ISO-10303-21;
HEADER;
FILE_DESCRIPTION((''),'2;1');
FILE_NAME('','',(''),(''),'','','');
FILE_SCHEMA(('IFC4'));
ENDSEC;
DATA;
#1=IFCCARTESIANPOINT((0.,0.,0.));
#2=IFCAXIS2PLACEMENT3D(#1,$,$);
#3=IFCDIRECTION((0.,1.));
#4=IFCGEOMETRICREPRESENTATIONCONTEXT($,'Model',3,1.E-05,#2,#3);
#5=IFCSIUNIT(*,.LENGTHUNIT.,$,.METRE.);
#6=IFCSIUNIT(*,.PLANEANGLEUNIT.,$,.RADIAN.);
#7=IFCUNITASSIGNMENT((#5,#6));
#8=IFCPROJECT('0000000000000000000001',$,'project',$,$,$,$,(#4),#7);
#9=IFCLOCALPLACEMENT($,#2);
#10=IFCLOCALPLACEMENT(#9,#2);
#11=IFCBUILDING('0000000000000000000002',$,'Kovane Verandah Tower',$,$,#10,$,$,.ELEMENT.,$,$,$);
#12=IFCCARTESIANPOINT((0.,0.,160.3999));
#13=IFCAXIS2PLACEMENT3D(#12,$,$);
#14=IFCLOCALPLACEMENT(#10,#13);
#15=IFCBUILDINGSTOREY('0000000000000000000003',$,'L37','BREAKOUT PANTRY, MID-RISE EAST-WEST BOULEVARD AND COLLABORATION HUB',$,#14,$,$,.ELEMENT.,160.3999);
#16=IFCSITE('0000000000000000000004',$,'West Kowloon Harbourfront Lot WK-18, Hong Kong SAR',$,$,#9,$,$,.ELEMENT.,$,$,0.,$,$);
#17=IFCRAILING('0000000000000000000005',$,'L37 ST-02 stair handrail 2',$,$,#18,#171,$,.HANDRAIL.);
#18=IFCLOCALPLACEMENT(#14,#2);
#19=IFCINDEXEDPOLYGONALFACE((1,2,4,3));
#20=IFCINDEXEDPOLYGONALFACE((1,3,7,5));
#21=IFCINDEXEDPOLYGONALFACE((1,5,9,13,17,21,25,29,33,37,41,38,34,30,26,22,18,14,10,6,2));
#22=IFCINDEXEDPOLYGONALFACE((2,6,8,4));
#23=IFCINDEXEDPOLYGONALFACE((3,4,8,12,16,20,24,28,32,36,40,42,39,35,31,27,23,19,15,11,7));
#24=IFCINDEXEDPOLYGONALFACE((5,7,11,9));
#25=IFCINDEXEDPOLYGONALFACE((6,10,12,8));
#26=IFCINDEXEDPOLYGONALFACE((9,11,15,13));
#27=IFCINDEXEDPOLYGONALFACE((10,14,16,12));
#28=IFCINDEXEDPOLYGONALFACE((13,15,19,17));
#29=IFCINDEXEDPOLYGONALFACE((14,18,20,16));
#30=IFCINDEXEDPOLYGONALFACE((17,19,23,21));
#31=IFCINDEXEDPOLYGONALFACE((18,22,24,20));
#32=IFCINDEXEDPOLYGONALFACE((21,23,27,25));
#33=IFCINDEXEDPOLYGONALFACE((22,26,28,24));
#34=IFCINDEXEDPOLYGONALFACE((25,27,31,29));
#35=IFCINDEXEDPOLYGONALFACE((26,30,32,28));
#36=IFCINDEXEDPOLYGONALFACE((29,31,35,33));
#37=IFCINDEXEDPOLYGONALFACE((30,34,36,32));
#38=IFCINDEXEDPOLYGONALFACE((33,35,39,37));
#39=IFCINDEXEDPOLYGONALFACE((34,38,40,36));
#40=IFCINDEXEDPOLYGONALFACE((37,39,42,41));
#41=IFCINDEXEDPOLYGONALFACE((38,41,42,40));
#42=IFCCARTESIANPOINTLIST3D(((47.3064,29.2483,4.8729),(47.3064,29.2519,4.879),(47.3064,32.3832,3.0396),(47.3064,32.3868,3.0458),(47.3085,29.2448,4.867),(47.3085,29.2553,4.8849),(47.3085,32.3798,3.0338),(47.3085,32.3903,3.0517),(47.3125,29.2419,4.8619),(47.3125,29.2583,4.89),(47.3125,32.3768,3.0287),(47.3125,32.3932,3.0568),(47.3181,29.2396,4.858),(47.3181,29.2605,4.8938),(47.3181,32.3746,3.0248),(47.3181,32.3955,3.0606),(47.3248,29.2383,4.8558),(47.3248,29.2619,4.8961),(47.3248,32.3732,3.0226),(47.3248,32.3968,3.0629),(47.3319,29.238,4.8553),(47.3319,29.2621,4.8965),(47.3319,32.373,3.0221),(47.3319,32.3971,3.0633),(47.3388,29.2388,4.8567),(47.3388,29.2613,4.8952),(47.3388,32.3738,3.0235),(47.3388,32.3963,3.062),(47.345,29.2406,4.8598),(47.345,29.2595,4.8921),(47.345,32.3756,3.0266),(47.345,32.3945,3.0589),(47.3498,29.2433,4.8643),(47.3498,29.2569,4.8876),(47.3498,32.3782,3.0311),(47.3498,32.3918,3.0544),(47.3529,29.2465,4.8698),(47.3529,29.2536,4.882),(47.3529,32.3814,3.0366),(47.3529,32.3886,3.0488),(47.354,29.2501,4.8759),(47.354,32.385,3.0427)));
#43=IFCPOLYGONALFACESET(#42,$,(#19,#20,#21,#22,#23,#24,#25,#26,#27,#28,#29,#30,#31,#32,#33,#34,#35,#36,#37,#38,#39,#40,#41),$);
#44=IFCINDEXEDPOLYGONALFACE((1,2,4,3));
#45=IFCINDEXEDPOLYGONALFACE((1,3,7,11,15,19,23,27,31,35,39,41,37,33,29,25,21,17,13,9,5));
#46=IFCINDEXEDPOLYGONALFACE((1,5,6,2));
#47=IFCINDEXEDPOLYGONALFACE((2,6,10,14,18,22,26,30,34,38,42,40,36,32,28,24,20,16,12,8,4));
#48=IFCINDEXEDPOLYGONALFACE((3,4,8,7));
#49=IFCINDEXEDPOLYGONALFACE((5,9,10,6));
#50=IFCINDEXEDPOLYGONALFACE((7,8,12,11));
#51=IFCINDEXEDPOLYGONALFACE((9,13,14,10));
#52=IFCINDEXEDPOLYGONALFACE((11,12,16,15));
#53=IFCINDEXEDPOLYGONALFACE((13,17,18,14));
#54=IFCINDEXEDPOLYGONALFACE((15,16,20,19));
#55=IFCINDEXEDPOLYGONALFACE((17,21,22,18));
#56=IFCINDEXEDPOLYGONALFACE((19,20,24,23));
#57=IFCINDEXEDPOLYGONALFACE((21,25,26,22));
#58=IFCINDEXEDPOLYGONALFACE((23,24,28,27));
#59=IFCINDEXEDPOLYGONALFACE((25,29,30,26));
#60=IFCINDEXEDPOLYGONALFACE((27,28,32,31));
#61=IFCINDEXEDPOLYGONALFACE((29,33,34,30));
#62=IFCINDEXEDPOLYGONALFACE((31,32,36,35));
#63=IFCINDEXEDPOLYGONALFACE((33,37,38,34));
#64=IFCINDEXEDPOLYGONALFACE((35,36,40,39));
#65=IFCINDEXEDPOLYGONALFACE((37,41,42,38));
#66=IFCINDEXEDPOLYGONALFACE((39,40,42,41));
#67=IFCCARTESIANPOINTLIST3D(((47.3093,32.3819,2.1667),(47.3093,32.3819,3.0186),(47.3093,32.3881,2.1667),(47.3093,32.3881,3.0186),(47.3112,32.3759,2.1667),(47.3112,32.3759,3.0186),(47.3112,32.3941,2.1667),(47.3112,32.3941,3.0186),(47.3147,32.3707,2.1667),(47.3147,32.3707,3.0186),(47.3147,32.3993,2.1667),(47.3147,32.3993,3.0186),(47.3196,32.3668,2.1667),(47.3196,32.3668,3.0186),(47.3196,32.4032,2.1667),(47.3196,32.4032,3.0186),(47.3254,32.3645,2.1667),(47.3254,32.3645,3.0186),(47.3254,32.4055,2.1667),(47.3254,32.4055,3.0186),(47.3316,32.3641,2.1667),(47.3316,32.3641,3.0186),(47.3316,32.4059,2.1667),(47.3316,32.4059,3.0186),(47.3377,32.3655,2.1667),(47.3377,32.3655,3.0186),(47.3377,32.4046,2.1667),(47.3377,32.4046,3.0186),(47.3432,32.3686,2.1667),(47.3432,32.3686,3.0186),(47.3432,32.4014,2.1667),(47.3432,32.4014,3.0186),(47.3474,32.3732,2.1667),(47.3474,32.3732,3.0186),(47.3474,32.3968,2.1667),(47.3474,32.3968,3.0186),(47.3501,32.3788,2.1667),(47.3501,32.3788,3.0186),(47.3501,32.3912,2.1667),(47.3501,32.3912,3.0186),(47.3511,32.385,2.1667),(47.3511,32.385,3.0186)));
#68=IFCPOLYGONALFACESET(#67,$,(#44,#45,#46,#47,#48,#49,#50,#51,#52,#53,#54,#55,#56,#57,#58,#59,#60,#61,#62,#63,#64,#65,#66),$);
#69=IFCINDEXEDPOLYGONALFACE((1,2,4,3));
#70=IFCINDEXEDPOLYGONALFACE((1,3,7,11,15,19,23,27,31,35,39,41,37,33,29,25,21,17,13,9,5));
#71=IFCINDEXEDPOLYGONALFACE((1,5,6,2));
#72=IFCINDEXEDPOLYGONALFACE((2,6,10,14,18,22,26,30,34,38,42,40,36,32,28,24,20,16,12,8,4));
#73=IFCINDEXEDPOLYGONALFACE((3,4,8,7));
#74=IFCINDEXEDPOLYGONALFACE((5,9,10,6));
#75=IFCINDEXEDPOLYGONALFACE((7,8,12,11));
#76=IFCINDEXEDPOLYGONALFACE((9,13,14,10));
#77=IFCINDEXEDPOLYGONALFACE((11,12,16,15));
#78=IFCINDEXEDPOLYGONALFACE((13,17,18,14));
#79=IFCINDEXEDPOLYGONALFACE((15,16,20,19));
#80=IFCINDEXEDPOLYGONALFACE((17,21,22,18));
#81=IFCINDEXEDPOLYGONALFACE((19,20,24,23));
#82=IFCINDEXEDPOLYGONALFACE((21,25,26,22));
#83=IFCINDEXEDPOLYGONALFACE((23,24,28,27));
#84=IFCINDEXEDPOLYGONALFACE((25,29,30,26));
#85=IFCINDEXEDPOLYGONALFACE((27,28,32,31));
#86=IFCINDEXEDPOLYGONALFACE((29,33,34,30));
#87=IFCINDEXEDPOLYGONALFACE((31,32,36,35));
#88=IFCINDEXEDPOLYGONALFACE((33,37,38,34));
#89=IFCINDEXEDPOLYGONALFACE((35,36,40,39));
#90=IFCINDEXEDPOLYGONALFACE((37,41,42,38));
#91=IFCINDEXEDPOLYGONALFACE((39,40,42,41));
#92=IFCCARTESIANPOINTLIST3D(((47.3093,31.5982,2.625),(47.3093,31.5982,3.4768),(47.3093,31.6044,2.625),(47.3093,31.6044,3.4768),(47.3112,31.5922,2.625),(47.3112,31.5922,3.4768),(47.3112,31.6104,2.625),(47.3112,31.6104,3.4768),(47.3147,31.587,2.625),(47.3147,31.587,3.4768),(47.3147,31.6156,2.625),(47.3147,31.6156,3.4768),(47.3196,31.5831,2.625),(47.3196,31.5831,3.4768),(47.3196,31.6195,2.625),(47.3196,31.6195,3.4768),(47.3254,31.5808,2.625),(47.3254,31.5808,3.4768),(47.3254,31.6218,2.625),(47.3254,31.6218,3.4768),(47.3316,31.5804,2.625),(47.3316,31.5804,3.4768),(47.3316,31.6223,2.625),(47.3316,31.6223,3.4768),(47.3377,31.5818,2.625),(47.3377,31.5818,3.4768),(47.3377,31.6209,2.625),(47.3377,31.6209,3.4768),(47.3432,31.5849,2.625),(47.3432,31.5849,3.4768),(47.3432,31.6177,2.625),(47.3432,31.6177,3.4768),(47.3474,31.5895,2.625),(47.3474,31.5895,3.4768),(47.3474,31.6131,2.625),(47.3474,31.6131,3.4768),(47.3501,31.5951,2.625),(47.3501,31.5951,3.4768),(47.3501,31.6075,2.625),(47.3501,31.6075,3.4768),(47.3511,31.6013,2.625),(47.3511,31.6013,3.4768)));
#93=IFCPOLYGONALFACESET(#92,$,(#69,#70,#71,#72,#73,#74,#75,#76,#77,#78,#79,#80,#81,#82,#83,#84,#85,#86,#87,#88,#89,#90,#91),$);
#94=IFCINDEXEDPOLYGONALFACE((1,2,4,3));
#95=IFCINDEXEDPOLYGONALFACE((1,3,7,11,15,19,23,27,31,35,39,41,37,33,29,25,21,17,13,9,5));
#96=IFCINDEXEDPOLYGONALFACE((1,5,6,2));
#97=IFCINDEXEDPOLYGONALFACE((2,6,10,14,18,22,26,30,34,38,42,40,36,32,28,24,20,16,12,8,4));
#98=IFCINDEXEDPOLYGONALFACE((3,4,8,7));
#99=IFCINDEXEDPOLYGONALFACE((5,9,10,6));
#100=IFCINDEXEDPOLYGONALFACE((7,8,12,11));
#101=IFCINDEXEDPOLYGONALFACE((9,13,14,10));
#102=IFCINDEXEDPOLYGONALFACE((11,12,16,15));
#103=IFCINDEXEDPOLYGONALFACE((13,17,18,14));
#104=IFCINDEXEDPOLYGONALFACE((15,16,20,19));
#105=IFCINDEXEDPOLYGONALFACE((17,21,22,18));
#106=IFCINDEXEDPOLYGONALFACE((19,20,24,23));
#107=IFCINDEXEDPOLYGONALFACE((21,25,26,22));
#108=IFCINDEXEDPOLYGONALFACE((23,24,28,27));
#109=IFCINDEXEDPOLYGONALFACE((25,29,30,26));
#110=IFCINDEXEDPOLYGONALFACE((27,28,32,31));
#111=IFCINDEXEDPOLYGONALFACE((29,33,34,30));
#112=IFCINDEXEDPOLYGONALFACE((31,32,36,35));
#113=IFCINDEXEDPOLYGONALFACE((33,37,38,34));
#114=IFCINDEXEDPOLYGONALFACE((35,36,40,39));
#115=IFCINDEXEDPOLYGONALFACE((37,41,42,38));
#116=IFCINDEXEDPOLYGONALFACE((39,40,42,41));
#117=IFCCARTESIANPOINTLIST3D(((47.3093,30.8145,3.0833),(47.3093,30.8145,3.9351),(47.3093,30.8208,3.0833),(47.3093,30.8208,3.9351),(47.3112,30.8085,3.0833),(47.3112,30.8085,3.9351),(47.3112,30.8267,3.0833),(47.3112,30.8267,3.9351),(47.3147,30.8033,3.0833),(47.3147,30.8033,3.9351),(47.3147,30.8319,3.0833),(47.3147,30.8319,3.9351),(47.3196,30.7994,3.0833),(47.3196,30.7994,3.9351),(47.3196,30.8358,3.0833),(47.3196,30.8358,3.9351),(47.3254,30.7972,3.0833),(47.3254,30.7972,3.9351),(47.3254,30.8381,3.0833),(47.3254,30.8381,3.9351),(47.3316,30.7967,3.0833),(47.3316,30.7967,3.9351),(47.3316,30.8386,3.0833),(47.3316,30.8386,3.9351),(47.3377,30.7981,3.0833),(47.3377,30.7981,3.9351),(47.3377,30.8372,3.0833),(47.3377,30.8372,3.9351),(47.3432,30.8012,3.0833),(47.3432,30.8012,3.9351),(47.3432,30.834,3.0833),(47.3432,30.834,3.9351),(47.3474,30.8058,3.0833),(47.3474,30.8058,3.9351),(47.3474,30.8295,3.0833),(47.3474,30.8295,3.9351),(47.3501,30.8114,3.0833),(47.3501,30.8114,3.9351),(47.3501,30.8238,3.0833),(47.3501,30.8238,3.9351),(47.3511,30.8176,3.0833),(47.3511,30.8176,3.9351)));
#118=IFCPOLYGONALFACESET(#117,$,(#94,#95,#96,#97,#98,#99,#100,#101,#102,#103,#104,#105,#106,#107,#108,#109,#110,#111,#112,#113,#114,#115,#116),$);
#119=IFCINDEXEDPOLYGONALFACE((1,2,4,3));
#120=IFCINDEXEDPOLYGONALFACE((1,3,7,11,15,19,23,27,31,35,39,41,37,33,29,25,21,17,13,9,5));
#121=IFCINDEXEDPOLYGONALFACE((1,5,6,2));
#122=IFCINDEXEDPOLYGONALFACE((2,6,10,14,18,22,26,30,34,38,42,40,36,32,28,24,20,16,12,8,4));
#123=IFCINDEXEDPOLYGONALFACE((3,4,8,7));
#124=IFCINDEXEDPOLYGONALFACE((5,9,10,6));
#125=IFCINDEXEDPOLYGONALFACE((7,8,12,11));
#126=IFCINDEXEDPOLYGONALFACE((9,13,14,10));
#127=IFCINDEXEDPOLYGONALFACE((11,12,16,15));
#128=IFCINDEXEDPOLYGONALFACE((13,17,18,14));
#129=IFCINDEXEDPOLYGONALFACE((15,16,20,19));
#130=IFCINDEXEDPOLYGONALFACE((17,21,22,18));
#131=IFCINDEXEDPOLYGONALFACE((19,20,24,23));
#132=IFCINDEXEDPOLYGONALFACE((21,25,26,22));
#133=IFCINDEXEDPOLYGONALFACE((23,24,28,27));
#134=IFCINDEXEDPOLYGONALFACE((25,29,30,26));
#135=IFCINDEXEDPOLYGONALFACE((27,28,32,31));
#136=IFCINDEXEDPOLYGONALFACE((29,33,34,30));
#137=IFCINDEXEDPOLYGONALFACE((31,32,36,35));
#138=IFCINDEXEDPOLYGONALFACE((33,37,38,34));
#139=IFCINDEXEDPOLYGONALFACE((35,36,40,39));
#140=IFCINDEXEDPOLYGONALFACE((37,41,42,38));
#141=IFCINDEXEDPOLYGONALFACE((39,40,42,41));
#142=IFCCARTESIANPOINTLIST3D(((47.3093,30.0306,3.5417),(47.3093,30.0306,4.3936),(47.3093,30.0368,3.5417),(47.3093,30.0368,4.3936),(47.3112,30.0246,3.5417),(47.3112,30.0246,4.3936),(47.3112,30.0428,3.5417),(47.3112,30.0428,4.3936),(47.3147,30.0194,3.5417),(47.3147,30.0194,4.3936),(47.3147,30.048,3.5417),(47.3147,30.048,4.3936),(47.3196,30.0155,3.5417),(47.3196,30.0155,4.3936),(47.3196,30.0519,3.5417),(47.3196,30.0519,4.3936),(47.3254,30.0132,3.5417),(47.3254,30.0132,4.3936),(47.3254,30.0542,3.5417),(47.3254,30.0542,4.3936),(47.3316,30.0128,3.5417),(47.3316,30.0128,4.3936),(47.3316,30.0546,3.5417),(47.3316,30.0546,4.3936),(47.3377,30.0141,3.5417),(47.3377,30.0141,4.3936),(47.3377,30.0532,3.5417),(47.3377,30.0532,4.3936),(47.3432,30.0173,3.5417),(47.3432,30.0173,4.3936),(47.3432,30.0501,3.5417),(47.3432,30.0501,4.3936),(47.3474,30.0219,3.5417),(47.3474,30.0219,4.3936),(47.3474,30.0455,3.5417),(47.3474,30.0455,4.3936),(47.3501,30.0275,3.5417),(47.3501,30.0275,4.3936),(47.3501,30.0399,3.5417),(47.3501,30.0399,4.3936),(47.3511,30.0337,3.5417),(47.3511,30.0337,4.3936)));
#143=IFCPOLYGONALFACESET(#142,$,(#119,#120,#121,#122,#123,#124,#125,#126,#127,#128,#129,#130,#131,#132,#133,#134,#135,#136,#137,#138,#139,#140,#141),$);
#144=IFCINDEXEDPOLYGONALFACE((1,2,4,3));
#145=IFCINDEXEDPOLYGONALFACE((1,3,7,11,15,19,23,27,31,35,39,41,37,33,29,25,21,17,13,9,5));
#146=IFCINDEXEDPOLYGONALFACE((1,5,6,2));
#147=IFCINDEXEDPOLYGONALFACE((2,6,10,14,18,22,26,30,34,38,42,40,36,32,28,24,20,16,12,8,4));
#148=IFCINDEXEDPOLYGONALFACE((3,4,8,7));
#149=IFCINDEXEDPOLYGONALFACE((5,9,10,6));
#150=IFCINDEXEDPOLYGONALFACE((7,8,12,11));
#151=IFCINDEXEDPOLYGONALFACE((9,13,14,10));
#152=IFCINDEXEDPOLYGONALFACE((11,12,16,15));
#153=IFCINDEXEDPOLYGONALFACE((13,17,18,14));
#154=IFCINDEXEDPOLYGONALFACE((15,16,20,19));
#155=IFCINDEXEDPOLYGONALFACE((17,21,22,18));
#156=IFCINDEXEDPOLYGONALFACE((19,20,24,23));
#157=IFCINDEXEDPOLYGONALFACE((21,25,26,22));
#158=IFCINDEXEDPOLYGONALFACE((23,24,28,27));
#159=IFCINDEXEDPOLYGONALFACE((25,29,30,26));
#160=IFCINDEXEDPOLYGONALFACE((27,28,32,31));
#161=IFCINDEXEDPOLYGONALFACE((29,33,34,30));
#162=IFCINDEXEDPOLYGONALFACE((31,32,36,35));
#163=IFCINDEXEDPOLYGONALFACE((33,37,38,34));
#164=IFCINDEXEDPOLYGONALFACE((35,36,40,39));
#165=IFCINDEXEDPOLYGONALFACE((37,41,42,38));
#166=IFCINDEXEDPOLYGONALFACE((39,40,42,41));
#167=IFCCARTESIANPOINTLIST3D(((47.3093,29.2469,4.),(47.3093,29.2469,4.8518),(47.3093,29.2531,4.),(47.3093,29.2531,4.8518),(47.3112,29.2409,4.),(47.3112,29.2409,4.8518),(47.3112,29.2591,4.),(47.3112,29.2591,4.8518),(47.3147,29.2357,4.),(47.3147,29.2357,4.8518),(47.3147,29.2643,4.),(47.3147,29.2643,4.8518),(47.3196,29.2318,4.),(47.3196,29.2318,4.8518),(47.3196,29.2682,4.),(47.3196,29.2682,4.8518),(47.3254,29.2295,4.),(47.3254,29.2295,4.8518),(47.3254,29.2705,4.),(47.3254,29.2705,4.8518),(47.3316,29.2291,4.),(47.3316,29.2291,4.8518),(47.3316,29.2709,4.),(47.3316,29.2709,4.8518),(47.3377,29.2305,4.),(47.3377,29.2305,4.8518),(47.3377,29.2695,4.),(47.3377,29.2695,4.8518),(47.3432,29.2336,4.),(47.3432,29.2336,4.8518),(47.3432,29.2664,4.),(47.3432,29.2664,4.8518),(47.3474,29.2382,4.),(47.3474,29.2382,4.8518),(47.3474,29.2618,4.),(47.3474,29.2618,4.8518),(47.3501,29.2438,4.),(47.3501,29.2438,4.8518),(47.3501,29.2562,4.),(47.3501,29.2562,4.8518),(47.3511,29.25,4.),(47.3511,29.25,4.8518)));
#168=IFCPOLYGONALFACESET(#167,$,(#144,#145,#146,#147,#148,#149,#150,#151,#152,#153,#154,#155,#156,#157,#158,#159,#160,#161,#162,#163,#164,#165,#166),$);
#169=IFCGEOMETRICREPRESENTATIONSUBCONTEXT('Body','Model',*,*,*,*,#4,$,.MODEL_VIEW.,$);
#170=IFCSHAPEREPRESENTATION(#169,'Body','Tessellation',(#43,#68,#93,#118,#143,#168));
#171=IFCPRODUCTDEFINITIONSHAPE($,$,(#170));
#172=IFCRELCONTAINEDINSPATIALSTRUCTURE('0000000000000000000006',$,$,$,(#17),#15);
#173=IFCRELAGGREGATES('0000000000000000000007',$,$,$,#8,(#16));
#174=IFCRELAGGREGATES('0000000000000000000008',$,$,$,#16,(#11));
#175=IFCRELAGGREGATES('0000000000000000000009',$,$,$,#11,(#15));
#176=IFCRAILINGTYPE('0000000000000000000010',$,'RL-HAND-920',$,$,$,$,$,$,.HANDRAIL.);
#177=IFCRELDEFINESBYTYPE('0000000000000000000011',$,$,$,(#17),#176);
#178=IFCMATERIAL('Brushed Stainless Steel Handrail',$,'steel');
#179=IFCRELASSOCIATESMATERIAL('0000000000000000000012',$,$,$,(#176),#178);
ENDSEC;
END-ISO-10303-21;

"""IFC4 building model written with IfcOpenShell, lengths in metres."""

from ifc_helpers import new_model, si_unit, direction, frame, origin, origin_2d, place, context, subcontext, project, spatial, circle, extrude, material, type_object, element, save


model = new_model("IFC4")

# Units and contexts
model_context = context("Model", 3, precision=1e-05, world=origin(), true_north=direction((0.0, 1.0)))
body_context = subcontext(model_context, "Body", "Model", "MODEL_VIEW")
ifc_project = project(units=[si_unit("LENGTHUNIT", "METRE"), si_unit("PLANEANGLEUNIT", "RADIAN")], contexts=[model_context])

# Site, building, storey
site_placement = place(None, origin())
site = spatial("IfcSite", under=ifc_project, at=site_placement, Name="West Kowloon Harbourfront Lot WK-18, Hong Kong SAR", CompositionType="ELEMENT", RefElevation=0.0)
building_placement = place(site_placement, origin())
building = spatial("IfcBuilding", under=site, at=building_placement, Name="Kovane Verandah Tower", CompositionType="ELEMENT")
storey_placement = place(building_placement, frame((0.0, 0.0, 160.3999)))
storey = spatial("IfcBuildingStorey", under=building, at=storey_placement, Name="L37", Description="BREAKOUT PANTRY, MID-RISE EAST-WEST BOULEVARD AND COLLABORATION HUB", CompositionType="ELEMENT", Elevation=160.3999)

# Railing
ifc_material_1 = material(Name="Brushed Stainless Steel Handrail", Category="steel")
railing_type_1 = type_object("IfcRailingType", Name="RL-HAND-920", PredefinedType="HANDRAIL", material=ifc_material_1)
railing_1_placement = place(storey_placement, frame((47.3301, 32.385, 2.1667)))
element("IfcRailing", 1, at=railing_1_placement, inside=storey, type_object=railing_type_1, Name="L37 ST-02 stair handrail 2", PredefinedType="HANDRAIL", context=body_context, shape_type="SweptSolid", body=[
    extrude(circle(Radius=0.0239, at=origin_2d()), frame((0.0, 0.0, 0.876), z_axis=(0.0, -0.86324, 0.504794), x_axis=(1.0, 0.0, 0.0)), (0.0, 0.0, 1.0), 3.6316),
    extrude(circle(Radius=0.021, at=origin_2d()), origin(), (0.0, 0.0, 1.0), 0.8518),
    extrude(circle(Radius=0.021, at=origin_2d()), frame((0.0, -0.7837, 0.4583)), (0.0, 0.0, 1.0), 0.8518),
    extrude(circle(Radius=0.021, at=origin_2d()), frame((0.0, -1.5674, 0.9165)), (0.0, 0.0, 1.0), 0.8518),
    extrude(circle(Radius=0.021, at=origin_2d()), frame((0.0, -2.3513, 1.375)), (0.0, 0.0, 1.0), 0.8518),
    extrude(circle(Radius=0.021, at=origin_2d()), frame((0.0, -3.135, 1.8333)), (0.0, 0.0, 1.0), 0.8518),
])

save(model, "model.ifc")
